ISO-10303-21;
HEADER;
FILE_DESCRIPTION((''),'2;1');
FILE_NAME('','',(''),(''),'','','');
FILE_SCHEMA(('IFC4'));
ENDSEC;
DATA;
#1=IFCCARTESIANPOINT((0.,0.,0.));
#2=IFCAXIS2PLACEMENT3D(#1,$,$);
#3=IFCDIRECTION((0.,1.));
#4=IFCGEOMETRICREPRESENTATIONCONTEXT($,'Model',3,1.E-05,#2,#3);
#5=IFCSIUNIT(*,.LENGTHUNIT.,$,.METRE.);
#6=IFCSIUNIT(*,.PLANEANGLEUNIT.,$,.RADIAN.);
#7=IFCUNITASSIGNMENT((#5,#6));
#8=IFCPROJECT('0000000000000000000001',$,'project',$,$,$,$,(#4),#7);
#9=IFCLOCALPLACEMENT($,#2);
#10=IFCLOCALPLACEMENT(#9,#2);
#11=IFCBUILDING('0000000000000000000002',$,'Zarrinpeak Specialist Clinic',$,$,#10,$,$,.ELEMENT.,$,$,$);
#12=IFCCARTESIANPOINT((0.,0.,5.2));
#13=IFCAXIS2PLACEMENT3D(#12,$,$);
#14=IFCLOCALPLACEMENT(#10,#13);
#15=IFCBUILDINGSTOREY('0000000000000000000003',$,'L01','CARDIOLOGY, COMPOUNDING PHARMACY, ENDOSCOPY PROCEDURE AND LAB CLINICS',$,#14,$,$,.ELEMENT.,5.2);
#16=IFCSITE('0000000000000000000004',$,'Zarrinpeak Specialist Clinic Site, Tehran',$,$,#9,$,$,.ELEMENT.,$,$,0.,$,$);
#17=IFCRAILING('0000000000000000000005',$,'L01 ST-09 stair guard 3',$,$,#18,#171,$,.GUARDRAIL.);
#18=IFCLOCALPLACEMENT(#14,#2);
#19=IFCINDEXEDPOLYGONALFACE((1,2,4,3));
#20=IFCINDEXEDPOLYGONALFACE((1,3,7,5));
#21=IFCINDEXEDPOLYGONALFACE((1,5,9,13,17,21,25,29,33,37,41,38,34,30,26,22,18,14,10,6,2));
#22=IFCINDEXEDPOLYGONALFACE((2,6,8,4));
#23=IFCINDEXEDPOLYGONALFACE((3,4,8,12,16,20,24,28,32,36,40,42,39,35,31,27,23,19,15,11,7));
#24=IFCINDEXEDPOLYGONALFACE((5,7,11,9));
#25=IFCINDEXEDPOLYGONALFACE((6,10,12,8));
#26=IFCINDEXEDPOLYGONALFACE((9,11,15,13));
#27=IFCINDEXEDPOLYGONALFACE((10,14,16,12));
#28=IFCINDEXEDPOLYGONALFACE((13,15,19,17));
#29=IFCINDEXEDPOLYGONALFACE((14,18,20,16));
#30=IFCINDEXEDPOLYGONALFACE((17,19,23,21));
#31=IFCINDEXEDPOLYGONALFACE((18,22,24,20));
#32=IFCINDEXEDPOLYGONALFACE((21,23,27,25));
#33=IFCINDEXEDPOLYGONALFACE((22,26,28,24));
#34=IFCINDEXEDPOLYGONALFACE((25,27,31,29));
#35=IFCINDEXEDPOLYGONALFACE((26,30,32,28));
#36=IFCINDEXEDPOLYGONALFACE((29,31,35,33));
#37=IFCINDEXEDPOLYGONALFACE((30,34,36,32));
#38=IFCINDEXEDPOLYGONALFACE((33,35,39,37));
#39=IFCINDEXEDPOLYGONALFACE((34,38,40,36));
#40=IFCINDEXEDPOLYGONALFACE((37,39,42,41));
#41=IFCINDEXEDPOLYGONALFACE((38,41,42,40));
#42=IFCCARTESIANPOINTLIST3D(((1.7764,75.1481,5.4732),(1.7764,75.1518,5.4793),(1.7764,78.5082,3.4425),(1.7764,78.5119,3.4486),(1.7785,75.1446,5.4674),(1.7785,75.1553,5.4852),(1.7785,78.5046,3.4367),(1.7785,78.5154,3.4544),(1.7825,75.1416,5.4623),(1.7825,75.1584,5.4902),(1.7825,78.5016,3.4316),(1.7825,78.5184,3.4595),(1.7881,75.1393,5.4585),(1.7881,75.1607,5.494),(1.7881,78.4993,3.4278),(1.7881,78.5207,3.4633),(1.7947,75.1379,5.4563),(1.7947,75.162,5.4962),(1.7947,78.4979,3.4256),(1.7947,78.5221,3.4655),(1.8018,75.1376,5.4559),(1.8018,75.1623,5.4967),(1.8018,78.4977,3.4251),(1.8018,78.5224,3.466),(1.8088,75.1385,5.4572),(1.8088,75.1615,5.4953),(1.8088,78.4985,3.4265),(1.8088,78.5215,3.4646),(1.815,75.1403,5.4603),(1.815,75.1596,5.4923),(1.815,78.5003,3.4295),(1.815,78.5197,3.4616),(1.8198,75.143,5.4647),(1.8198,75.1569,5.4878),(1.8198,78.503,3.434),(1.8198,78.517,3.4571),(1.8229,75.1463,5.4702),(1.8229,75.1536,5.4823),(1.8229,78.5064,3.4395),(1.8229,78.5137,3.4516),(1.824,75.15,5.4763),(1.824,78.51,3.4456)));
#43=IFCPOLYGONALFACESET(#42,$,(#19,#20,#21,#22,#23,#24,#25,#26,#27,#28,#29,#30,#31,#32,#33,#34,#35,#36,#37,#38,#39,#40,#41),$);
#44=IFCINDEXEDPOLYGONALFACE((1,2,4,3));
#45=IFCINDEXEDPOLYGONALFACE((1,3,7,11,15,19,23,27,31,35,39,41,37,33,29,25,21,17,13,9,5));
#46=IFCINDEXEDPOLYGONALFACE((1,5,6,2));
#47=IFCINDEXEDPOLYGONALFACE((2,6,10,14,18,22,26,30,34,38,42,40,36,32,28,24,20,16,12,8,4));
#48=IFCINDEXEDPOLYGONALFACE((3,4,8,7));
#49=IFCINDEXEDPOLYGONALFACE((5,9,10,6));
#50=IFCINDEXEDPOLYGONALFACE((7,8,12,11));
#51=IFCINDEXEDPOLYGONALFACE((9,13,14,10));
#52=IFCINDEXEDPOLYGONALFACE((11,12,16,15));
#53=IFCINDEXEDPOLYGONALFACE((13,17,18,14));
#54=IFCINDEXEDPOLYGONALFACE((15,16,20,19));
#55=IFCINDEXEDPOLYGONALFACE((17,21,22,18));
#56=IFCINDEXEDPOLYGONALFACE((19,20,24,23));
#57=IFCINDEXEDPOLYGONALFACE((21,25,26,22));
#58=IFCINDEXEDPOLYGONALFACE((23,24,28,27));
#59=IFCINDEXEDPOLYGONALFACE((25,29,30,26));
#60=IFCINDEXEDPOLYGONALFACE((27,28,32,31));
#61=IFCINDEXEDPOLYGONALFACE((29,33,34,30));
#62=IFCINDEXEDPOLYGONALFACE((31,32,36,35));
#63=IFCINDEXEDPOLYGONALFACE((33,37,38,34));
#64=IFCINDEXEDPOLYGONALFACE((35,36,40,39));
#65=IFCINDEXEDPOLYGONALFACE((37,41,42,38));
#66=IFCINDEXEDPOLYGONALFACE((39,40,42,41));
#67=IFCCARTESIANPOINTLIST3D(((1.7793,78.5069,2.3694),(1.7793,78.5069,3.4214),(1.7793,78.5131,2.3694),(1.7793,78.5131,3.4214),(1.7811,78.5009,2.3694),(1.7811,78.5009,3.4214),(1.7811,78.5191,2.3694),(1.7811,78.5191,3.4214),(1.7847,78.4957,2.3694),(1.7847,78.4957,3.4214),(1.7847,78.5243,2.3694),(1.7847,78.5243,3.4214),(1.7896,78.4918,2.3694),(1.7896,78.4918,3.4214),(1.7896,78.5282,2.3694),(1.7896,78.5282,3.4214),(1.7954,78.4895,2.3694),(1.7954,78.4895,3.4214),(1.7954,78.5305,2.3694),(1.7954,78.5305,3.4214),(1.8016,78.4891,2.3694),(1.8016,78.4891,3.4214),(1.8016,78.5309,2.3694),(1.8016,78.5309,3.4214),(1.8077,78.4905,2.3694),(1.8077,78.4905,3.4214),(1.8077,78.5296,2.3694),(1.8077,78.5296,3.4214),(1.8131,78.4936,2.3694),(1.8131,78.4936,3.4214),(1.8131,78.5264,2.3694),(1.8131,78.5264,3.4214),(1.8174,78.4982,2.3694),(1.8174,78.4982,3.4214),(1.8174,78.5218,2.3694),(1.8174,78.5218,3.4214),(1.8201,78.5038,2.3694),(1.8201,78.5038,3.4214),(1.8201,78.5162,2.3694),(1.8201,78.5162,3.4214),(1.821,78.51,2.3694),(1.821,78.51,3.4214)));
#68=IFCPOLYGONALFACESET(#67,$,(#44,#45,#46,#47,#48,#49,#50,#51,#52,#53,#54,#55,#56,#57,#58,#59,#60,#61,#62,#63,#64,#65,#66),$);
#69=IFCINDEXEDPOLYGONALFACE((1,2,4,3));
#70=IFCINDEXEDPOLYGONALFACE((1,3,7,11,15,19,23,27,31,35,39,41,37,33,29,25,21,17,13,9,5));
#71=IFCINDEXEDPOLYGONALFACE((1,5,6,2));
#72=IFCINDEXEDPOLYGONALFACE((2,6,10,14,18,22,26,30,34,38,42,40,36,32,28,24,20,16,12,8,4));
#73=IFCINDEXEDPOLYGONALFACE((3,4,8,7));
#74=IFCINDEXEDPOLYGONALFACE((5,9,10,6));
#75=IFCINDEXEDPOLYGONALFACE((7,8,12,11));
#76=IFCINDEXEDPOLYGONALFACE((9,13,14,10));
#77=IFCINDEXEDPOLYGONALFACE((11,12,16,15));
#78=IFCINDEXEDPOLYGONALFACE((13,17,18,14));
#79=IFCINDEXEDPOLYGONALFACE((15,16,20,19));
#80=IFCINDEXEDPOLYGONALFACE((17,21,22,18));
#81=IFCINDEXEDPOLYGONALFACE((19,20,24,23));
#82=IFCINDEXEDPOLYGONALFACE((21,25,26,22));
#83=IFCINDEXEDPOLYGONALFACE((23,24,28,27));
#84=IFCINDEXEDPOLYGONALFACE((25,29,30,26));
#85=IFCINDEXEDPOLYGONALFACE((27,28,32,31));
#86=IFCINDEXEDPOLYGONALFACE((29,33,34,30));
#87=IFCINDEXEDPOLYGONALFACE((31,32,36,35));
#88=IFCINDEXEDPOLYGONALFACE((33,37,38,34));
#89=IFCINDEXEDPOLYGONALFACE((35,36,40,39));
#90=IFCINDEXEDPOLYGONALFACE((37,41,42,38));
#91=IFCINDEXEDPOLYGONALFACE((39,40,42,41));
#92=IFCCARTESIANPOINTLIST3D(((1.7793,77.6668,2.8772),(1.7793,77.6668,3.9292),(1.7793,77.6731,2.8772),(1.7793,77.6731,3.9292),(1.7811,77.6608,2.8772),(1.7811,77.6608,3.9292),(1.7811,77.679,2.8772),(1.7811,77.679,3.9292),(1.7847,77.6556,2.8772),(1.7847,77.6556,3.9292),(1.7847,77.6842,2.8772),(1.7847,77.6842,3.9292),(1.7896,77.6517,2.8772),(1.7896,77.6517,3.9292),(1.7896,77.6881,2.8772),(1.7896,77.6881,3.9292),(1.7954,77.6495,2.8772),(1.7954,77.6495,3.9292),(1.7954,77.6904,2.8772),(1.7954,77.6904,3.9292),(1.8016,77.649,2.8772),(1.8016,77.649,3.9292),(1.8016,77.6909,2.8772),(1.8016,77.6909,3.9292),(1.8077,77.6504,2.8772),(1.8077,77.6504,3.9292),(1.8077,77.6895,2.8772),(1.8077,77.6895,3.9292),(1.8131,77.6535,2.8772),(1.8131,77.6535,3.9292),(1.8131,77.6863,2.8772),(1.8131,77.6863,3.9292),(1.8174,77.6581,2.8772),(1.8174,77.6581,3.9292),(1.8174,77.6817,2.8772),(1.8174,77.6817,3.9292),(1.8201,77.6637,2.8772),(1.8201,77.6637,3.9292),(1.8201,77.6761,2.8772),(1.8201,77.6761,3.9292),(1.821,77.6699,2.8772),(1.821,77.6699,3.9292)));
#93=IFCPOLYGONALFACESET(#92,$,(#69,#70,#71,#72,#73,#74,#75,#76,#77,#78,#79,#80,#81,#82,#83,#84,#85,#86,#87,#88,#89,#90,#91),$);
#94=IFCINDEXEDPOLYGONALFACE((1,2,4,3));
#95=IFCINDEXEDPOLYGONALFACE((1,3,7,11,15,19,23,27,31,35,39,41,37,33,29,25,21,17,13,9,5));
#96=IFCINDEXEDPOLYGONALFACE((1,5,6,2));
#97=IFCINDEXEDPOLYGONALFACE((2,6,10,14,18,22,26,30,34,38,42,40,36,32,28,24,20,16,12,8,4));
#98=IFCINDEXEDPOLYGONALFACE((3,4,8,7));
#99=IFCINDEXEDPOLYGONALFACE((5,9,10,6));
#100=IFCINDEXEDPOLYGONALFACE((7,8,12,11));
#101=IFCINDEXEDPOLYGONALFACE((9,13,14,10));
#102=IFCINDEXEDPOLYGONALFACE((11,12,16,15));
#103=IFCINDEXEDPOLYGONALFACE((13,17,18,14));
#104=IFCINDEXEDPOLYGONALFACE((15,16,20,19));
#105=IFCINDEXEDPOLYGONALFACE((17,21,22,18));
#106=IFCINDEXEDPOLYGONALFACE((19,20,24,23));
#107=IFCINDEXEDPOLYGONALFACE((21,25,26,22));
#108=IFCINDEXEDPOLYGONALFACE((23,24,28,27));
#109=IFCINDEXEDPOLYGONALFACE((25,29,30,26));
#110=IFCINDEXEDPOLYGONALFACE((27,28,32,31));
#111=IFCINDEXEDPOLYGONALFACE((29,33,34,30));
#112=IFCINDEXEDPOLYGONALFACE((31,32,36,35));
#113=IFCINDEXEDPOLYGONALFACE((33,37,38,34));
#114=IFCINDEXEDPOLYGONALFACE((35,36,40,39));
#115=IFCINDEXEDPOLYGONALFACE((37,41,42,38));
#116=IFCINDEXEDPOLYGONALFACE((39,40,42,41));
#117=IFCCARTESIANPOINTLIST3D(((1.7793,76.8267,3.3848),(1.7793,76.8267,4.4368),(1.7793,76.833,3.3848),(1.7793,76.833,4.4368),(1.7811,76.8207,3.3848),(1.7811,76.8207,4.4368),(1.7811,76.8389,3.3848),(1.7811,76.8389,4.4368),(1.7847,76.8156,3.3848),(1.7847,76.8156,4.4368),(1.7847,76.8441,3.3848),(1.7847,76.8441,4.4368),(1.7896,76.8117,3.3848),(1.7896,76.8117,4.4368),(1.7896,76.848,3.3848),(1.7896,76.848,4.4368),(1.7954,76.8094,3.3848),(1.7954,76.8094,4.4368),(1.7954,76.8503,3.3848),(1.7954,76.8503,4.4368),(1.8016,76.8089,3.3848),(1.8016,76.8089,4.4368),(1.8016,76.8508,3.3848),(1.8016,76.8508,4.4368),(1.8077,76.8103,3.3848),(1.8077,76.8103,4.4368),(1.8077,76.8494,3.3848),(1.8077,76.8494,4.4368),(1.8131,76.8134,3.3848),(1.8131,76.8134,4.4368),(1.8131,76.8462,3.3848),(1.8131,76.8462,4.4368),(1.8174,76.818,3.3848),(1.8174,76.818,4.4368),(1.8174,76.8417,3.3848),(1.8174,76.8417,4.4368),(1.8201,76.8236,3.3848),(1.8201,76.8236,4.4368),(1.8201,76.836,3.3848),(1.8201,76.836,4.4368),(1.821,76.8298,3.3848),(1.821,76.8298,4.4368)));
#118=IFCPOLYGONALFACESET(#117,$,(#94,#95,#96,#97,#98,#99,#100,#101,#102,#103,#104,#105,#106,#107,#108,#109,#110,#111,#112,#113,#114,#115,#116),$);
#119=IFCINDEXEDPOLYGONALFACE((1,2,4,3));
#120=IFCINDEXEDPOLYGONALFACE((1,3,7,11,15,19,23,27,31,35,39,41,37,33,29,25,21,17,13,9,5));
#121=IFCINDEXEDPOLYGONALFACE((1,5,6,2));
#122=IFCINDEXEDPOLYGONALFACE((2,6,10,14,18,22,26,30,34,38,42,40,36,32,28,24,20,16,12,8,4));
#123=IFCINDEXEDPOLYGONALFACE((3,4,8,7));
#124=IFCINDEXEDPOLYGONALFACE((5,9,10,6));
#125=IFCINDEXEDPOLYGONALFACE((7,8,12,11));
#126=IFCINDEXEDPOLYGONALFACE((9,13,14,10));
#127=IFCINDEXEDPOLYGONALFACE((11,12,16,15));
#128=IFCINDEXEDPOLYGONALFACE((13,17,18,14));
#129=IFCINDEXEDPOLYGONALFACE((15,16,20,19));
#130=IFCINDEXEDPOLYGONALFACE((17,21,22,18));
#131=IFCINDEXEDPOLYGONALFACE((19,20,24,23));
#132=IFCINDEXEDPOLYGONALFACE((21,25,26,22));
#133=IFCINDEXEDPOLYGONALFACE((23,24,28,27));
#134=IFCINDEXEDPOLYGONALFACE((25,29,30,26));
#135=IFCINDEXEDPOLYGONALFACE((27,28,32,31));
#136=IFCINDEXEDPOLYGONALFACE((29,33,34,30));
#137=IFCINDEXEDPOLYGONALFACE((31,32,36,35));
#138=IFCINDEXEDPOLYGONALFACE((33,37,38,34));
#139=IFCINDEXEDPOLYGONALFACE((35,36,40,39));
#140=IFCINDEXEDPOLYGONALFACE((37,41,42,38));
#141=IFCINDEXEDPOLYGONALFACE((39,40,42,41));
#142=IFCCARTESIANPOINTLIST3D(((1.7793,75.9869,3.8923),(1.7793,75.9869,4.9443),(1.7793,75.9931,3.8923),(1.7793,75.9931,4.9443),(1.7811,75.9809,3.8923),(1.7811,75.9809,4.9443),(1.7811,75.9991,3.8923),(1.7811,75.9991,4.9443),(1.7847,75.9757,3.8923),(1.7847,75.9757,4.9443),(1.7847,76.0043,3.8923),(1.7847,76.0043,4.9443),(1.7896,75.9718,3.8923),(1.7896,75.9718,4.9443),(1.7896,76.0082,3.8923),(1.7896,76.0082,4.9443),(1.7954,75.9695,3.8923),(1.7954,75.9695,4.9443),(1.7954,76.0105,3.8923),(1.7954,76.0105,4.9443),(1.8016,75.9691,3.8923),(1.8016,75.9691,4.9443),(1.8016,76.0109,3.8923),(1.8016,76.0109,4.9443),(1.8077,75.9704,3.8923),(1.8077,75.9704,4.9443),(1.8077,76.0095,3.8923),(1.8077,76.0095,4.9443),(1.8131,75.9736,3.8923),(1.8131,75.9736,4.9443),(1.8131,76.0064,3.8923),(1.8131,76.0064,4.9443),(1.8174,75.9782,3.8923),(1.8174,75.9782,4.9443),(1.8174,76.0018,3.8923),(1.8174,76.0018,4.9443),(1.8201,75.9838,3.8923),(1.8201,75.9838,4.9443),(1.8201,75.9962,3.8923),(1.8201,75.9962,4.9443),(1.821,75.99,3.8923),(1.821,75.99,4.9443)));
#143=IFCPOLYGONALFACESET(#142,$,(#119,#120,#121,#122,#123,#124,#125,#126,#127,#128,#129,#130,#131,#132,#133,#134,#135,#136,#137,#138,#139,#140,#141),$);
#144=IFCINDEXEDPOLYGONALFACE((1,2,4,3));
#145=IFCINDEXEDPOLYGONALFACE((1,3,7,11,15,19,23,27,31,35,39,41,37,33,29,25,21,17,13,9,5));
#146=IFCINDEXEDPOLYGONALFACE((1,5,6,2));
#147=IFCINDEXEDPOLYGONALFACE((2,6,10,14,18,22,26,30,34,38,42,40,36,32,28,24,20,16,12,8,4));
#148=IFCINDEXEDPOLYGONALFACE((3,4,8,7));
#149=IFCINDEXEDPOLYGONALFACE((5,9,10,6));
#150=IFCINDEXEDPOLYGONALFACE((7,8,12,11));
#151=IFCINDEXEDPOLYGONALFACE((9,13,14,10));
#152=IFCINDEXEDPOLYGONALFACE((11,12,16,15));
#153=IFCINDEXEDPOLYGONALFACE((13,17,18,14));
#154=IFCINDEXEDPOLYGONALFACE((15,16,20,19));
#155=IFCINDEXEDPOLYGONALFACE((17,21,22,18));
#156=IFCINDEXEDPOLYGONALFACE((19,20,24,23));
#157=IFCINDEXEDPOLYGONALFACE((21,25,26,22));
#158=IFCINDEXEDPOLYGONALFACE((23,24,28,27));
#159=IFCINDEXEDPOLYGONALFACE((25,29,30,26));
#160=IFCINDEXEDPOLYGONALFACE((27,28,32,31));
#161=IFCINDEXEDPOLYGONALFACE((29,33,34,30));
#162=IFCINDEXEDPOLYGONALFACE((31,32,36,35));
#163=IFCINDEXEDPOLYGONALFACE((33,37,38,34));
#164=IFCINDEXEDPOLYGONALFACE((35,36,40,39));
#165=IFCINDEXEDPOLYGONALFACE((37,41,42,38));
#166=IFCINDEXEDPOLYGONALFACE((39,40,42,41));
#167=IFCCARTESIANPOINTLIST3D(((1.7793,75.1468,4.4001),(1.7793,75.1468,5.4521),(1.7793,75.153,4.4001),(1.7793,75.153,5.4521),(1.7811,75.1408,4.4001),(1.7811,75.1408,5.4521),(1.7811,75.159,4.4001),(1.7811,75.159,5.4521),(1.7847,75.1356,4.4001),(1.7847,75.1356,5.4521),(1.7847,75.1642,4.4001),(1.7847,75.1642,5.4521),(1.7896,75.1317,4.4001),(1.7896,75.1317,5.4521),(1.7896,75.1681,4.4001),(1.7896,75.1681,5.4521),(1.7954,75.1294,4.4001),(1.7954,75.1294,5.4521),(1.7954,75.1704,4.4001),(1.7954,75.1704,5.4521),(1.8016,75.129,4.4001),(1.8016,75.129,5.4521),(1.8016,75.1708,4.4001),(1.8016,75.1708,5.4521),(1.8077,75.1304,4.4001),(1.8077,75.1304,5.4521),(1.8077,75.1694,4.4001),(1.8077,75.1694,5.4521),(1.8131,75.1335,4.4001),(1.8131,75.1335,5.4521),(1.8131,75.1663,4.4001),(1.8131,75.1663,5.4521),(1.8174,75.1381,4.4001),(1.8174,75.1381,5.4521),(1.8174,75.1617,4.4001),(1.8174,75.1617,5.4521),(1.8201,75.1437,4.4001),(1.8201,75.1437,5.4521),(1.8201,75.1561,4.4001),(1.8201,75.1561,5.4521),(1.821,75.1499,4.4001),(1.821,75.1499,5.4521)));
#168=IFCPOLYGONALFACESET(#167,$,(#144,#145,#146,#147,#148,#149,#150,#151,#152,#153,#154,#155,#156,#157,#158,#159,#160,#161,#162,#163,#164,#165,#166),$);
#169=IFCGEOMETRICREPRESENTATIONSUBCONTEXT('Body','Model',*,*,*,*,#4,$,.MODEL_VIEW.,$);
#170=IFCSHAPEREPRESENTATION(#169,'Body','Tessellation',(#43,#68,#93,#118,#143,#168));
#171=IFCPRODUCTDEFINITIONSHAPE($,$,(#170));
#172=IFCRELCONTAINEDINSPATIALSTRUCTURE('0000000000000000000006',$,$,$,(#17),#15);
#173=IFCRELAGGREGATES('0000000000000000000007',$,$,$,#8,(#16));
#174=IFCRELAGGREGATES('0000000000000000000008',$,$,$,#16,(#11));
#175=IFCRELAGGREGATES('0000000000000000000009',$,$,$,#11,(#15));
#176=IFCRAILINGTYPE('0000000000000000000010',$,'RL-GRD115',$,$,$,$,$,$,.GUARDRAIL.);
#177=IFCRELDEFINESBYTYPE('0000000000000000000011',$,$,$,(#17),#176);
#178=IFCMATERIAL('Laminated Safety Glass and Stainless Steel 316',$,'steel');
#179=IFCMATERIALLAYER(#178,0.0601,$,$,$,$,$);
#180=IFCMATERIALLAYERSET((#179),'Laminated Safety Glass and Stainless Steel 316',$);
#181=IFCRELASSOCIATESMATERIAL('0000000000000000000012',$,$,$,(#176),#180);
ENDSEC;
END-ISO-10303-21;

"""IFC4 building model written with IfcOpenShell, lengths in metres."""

from ifc_helpers import new_model, si_unit, direction, frame, origin, origin_2d, place, context, subcontext, project, spatial, circle, extrude, material, layer, layer_set, type_object, element, save


model = new_model("IFC4")

# Units and contexts
model_context = context("Model", 3, precision=1e-05, world=origin(), true_north=direction((0.0, 1.0)))
body_context = subcontext(model_context, "Body", "Model", "MODEL_VIEW")
ifc_project = project(units=[si_unit("LENGTHUNIT", "METRE"), si_unit("PLANEANGLEUNIT", "RADIAN")], contexts=[model_context])

# Site, building, storey
site_placement = place(None, origin())
site = spatial("IfcSite", under=ifc_project, at=site_placement, Name="Zarrinpeak Specialist Clinic Site, Tehran", CompositionType="ELEMENT", RefElevation=0.0)
building_placement = place(site_placement, origin())
building = spatial("IfcBuilding", under=site, at=building_placement, Name="Zarrinpeak Specialist Clinic", CompositionType="ELEMENT")
storey_placement = place(building_placement, frame((0.0, 0.0, 5.2)))
storey = spatial("IfcBuildingStorey", under=building, at=storey_placement, Name="L01", Description="CARDIOLOGY, COMPOUNDING PHARMACY, ENDOSCOPY PROCEDURE AND LAB CLINICS", CompositionType="ELEMENT", Elevation=5.2)

# Railing
ifc_material_1 = material(Name="Laminated Safety Glass and Stainless Steel 316", Category="steel")
ifc_layer_1 = layer(ifc_material_1, 0.0601)
ifc_layer_set_1 = layer_set([ifc_layer_1], Name="Laminated Safety Glass and Stainless Steel 316")
railing_type_1 = type_object("IfcRailingType", Name="RL-GRD115", PredefinedType="GUARDRAIL", material=ifc_layer_set_1)
railing_1_placement = place(storey_placement, frame((1.8, 78.51, 2.3694)))
element("IfcRailing", 1, at=railing_1_placement, inside=storey, type_object=railing_type_1, Name="L01 ST-09 stair guard 3", PredefinedType="GUARDRAIL", context=body_context, shape_type="SweptSolid", body=[
    extrude(circle(Radius=0.0239, at=origin_2d()), frame((0.0, 0.0, 1.0762), z_axis=(0.0, -0.855837, 0.517246), x_axis=(1.0, 0.0, 0.0)), (0.0, 0.0, 1.0), 3.926),
    extrude(circle(Radius=0.021, at=origin_2d()), origin(), (0.0, 0.0, 1.0), 1.052),
    extrude(circle(Radius=0.021, at=origin_2d()), frame((0.0, -0.8401, 0.5078)), (0.0, 0.0, 1.0), 1.052),
    extrude(circle(Radius=0.021, at=origin_2d()), frame((0.0, -1.6802, 1.0154)), (0.0, 0.0, 1.0), 1.052),
    extrude(circle(Radius=0.021, at=origin_2d()), frame((0.0, -2.52, 1.5229)), (0.0, 0.0, 1.0), 1.052),
    extrude(circle(Radius=0.021, at=origin_2d()), frame((0.0, -3.3601, 2.0308)), (0.0, 0.0, 1.0), 1.052),
])

save(model, "model.ifc")
